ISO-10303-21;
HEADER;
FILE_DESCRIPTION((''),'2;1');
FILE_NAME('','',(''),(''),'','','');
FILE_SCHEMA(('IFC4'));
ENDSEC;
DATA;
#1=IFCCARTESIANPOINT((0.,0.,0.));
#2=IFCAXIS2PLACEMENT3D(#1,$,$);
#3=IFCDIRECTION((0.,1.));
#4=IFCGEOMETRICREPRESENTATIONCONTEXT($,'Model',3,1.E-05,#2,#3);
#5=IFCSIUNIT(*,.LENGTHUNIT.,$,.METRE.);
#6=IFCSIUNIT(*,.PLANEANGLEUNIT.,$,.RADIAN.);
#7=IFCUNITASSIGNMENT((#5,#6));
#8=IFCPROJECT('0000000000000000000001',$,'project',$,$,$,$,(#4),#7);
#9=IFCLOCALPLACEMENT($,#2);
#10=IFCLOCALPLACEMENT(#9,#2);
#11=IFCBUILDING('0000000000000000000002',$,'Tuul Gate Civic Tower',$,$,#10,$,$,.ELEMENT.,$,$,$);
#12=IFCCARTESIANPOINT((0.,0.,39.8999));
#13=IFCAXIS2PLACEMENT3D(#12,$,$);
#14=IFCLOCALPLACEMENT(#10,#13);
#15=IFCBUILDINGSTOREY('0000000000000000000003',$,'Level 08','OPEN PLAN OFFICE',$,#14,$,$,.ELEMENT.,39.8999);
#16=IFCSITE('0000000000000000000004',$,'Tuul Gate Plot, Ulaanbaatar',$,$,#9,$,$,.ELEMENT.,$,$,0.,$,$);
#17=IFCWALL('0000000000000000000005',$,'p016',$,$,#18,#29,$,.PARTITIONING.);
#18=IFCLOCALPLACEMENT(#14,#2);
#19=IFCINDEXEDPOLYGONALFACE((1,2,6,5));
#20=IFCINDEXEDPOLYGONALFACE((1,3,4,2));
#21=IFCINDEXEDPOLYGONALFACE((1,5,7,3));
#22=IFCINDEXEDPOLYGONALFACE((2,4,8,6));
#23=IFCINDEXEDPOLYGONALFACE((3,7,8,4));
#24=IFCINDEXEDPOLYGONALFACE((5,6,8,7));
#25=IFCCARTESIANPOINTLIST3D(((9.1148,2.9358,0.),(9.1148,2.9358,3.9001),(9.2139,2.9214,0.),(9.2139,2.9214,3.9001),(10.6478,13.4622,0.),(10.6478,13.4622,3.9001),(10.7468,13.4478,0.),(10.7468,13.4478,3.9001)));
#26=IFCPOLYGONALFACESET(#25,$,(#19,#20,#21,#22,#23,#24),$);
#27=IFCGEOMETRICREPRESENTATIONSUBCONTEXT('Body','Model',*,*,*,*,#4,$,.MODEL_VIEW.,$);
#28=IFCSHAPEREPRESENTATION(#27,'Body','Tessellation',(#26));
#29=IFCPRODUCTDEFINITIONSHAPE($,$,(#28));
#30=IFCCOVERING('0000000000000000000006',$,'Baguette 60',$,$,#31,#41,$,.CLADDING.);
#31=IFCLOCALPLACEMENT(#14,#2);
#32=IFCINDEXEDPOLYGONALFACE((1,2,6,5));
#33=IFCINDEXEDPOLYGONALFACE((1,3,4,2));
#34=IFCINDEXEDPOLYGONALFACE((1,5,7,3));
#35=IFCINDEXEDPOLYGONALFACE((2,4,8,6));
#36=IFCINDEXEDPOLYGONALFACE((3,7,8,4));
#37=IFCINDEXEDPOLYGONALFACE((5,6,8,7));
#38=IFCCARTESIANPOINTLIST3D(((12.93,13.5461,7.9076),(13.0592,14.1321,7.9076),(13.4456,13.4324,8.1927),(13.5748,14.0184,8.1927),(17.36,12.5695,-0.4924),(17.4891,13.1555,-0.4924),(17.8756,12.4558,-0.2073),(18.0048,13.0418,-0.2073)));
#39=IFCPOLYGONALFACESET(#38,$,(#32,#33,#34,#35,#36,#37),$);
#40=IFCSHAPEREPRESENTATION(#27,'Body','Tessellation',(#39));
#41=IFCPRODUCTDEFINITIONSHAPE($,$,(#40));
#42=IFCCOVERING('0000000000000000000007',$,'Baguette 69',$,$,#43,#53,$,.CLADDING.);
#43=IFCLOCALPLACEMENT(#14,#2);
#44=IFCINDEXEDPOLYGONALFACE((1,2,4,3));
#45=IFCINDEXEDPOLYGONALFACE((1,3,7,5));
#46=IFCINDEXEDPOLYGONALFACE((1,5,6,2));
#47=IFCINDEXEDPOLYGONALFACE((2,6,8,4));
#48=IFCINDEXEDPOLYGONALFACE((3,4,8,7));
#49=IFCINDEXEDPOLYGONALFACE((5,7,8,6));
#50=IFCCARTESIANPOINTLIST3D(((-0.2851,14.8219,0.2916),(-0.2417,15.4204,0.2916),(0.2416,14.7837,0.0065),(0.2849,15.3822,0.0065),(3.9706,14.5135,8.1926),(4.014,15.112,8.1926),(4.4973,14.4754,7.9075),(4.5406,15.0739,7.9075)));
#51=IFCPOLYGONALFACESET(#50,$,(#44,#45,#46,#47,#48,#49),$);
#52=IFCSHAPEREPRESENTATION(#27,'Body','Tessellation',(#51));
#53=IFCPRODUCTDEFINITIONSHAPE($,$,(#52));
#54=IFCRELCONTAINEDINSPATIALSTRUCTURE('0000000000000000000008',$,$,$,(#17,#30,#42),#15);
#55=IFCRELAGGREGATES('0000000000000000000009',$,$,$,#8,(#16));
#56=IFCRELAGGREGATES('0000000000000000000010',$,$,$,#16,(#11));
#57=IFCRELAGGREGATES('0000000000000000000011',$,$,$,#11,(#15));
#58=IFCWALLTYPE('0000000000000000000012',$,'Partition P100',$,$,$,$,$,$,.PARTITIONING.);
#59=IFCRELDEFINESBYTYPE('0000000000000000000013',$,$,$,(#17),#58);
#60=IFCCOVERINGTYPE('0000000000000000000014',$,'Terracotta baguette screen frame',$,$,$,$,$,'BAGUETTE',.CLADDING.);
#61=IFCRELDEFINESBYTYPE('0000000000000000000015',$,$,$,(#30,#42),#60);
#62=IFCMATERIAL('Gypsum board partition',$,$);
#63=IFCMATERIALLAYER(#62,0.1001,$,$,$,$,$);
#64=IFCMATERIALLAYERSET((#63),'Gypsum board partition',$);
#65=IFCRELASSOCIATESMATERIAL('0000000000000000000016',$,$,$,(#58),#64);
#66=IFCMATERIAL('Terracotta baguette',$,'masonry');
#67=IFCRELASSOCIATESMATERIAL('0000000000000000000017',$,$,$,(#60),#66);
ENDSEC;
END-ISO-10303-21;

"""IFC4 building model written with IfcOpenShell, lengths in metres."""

from ifc_helpers import new_model, si_unit, direction, frame, frame_2d, origin, origin_2d, place, context, subcontext, project, spatial, rectangle, extrude, material, layer, layer_set, material_profile, profile_set, type_object, element, save


model = new_model("IFC4")

# Units and contexts
model_context = context("Model", 3, precision=1e-05, world=origin(), true_north=direction((0.0, 1.0)))
body_context = subcontext(model_context, "Body", "Model", "MODEL_VIEW")
ifc_project = project(units=[si_unit("LENGTHUNIT", "METRE"), si_unit("PLANEANGLEUNIT", "RADIAN")], contexts=[model_context])

# Site, building, storey
site_placement = place(None, origin())
site = spatial("IfcSite", under=ifc_project, at=site_placement, Name="Tuul Gate Plot, Ulaanbaatar", CompositionType="ELEMENT", RefElevation=0.0)
building_placement = place(site_placement, origin())
building = spatial("IfcBuilding", under=site, at=building_placement, Name="Tuul Gate Civic Tower", CompositionType="ELEMENT")
storey_placement = place(building_placement, frame((0.0, 0.0, 39.8999)))
storey = spatial("IfcBuildingStorey", under=building, at=storey_placement, Name="Level 08", Description="OPEN PLAN OFFICE", CompositionType="ELEMENT", Elevation=39.8999)

# Wall
ifc_material_1 = material(Name="Gypsum board partition")
ifc_layer_1 = layer(ifc_material_1, 0.1001)
ifc_layer_set_1 = layer_set([ifc_layer_1], Name="Gypsum board partition")
wall_type_1 = type_object("IfcWallType", Name="Partition P100", PredefinedType="PARTITIONING", material=ifc_layer_set_1)
wall_1_placement = place(storey_placement, frame((9.1643, 2.9285, 0.0), z_axis=(0.0, 0.0, 1.0), x_axis=(0.14411, 0.989562, 0.0)))
element("IfcWall", 1, at=wall_1_placement, inside=storey, type_object=wall_type_1, Name="p016", PredefinedType="PARTITIONING", context=body_context, shape_type="SweptSolid", body=[
    extrude(rectangle(XDim=10.6375, YDim=0.1001, at=frame_2d((5.3188, 0.0))), origin(), (0.0, 0.0, 1.0), 3.9001),
])

# Coverings
ifc_material_2 = material(Name="Terracotta baguette", Category="masonry")
ifc_material_profile_1 = material_profile(ifc_material_2, rectangle(XDim=0.6001, YDim=0.6001, at=origin_2d()), Name="Terracotta baguette screen frame")
ifc_profile_set_1 = profile_set([ifc_material_profile_1], Name="Terracotta baguette")
covering_type = type_object("IfcCoveringType", Name="Terracotta baguette screen frame", ElementType="BAGUETTE", PredefinedType="CLADDING", material=ifc_profile_set_1)
covering_1_placement = place(storey_placement, frame((17.6824, 12.8057, -0.3499), z_axis=(-0.464036, 0.102295, 0.87989), x_axis=(-0.215278, -0.976553, 0.0)))
element("IfcCovering", 2, at=covering_1_placement, inside=storey, type_object=covering_type, Name="Baguette 60", PredefinedType="CLADDING", context=body_context, shape_type="SweptSolid", body=[
    extrude(rectangle(XDim=0.6001, YDim=0.6001, at=origin_2d()), origin(), (0.0, 0.0, 1.0), 9.5466),
])
covering_2_placement = place(storey_placement, frame((4.2556, 14.7937, 8.05), z_axis=(-0.473932, 0.03434, -0.879892), x_axis=(-0.072268, -0.997385, 0.0)))
element("IfcCovering", 3, at=covering_2_placement, inside=storey, type_object=covering_type, Name="Baguette 69", PredefinedType="CLADDING", context=body_context, shape_type="SweptSolid", body=[
    extrude(rectangle(XDim=0.6001, YDim=0.6001, at=origin_2d()), origin(), (0.0, 0.0, 1.0), 8.9795),
])

save(model, "model.ifc")
